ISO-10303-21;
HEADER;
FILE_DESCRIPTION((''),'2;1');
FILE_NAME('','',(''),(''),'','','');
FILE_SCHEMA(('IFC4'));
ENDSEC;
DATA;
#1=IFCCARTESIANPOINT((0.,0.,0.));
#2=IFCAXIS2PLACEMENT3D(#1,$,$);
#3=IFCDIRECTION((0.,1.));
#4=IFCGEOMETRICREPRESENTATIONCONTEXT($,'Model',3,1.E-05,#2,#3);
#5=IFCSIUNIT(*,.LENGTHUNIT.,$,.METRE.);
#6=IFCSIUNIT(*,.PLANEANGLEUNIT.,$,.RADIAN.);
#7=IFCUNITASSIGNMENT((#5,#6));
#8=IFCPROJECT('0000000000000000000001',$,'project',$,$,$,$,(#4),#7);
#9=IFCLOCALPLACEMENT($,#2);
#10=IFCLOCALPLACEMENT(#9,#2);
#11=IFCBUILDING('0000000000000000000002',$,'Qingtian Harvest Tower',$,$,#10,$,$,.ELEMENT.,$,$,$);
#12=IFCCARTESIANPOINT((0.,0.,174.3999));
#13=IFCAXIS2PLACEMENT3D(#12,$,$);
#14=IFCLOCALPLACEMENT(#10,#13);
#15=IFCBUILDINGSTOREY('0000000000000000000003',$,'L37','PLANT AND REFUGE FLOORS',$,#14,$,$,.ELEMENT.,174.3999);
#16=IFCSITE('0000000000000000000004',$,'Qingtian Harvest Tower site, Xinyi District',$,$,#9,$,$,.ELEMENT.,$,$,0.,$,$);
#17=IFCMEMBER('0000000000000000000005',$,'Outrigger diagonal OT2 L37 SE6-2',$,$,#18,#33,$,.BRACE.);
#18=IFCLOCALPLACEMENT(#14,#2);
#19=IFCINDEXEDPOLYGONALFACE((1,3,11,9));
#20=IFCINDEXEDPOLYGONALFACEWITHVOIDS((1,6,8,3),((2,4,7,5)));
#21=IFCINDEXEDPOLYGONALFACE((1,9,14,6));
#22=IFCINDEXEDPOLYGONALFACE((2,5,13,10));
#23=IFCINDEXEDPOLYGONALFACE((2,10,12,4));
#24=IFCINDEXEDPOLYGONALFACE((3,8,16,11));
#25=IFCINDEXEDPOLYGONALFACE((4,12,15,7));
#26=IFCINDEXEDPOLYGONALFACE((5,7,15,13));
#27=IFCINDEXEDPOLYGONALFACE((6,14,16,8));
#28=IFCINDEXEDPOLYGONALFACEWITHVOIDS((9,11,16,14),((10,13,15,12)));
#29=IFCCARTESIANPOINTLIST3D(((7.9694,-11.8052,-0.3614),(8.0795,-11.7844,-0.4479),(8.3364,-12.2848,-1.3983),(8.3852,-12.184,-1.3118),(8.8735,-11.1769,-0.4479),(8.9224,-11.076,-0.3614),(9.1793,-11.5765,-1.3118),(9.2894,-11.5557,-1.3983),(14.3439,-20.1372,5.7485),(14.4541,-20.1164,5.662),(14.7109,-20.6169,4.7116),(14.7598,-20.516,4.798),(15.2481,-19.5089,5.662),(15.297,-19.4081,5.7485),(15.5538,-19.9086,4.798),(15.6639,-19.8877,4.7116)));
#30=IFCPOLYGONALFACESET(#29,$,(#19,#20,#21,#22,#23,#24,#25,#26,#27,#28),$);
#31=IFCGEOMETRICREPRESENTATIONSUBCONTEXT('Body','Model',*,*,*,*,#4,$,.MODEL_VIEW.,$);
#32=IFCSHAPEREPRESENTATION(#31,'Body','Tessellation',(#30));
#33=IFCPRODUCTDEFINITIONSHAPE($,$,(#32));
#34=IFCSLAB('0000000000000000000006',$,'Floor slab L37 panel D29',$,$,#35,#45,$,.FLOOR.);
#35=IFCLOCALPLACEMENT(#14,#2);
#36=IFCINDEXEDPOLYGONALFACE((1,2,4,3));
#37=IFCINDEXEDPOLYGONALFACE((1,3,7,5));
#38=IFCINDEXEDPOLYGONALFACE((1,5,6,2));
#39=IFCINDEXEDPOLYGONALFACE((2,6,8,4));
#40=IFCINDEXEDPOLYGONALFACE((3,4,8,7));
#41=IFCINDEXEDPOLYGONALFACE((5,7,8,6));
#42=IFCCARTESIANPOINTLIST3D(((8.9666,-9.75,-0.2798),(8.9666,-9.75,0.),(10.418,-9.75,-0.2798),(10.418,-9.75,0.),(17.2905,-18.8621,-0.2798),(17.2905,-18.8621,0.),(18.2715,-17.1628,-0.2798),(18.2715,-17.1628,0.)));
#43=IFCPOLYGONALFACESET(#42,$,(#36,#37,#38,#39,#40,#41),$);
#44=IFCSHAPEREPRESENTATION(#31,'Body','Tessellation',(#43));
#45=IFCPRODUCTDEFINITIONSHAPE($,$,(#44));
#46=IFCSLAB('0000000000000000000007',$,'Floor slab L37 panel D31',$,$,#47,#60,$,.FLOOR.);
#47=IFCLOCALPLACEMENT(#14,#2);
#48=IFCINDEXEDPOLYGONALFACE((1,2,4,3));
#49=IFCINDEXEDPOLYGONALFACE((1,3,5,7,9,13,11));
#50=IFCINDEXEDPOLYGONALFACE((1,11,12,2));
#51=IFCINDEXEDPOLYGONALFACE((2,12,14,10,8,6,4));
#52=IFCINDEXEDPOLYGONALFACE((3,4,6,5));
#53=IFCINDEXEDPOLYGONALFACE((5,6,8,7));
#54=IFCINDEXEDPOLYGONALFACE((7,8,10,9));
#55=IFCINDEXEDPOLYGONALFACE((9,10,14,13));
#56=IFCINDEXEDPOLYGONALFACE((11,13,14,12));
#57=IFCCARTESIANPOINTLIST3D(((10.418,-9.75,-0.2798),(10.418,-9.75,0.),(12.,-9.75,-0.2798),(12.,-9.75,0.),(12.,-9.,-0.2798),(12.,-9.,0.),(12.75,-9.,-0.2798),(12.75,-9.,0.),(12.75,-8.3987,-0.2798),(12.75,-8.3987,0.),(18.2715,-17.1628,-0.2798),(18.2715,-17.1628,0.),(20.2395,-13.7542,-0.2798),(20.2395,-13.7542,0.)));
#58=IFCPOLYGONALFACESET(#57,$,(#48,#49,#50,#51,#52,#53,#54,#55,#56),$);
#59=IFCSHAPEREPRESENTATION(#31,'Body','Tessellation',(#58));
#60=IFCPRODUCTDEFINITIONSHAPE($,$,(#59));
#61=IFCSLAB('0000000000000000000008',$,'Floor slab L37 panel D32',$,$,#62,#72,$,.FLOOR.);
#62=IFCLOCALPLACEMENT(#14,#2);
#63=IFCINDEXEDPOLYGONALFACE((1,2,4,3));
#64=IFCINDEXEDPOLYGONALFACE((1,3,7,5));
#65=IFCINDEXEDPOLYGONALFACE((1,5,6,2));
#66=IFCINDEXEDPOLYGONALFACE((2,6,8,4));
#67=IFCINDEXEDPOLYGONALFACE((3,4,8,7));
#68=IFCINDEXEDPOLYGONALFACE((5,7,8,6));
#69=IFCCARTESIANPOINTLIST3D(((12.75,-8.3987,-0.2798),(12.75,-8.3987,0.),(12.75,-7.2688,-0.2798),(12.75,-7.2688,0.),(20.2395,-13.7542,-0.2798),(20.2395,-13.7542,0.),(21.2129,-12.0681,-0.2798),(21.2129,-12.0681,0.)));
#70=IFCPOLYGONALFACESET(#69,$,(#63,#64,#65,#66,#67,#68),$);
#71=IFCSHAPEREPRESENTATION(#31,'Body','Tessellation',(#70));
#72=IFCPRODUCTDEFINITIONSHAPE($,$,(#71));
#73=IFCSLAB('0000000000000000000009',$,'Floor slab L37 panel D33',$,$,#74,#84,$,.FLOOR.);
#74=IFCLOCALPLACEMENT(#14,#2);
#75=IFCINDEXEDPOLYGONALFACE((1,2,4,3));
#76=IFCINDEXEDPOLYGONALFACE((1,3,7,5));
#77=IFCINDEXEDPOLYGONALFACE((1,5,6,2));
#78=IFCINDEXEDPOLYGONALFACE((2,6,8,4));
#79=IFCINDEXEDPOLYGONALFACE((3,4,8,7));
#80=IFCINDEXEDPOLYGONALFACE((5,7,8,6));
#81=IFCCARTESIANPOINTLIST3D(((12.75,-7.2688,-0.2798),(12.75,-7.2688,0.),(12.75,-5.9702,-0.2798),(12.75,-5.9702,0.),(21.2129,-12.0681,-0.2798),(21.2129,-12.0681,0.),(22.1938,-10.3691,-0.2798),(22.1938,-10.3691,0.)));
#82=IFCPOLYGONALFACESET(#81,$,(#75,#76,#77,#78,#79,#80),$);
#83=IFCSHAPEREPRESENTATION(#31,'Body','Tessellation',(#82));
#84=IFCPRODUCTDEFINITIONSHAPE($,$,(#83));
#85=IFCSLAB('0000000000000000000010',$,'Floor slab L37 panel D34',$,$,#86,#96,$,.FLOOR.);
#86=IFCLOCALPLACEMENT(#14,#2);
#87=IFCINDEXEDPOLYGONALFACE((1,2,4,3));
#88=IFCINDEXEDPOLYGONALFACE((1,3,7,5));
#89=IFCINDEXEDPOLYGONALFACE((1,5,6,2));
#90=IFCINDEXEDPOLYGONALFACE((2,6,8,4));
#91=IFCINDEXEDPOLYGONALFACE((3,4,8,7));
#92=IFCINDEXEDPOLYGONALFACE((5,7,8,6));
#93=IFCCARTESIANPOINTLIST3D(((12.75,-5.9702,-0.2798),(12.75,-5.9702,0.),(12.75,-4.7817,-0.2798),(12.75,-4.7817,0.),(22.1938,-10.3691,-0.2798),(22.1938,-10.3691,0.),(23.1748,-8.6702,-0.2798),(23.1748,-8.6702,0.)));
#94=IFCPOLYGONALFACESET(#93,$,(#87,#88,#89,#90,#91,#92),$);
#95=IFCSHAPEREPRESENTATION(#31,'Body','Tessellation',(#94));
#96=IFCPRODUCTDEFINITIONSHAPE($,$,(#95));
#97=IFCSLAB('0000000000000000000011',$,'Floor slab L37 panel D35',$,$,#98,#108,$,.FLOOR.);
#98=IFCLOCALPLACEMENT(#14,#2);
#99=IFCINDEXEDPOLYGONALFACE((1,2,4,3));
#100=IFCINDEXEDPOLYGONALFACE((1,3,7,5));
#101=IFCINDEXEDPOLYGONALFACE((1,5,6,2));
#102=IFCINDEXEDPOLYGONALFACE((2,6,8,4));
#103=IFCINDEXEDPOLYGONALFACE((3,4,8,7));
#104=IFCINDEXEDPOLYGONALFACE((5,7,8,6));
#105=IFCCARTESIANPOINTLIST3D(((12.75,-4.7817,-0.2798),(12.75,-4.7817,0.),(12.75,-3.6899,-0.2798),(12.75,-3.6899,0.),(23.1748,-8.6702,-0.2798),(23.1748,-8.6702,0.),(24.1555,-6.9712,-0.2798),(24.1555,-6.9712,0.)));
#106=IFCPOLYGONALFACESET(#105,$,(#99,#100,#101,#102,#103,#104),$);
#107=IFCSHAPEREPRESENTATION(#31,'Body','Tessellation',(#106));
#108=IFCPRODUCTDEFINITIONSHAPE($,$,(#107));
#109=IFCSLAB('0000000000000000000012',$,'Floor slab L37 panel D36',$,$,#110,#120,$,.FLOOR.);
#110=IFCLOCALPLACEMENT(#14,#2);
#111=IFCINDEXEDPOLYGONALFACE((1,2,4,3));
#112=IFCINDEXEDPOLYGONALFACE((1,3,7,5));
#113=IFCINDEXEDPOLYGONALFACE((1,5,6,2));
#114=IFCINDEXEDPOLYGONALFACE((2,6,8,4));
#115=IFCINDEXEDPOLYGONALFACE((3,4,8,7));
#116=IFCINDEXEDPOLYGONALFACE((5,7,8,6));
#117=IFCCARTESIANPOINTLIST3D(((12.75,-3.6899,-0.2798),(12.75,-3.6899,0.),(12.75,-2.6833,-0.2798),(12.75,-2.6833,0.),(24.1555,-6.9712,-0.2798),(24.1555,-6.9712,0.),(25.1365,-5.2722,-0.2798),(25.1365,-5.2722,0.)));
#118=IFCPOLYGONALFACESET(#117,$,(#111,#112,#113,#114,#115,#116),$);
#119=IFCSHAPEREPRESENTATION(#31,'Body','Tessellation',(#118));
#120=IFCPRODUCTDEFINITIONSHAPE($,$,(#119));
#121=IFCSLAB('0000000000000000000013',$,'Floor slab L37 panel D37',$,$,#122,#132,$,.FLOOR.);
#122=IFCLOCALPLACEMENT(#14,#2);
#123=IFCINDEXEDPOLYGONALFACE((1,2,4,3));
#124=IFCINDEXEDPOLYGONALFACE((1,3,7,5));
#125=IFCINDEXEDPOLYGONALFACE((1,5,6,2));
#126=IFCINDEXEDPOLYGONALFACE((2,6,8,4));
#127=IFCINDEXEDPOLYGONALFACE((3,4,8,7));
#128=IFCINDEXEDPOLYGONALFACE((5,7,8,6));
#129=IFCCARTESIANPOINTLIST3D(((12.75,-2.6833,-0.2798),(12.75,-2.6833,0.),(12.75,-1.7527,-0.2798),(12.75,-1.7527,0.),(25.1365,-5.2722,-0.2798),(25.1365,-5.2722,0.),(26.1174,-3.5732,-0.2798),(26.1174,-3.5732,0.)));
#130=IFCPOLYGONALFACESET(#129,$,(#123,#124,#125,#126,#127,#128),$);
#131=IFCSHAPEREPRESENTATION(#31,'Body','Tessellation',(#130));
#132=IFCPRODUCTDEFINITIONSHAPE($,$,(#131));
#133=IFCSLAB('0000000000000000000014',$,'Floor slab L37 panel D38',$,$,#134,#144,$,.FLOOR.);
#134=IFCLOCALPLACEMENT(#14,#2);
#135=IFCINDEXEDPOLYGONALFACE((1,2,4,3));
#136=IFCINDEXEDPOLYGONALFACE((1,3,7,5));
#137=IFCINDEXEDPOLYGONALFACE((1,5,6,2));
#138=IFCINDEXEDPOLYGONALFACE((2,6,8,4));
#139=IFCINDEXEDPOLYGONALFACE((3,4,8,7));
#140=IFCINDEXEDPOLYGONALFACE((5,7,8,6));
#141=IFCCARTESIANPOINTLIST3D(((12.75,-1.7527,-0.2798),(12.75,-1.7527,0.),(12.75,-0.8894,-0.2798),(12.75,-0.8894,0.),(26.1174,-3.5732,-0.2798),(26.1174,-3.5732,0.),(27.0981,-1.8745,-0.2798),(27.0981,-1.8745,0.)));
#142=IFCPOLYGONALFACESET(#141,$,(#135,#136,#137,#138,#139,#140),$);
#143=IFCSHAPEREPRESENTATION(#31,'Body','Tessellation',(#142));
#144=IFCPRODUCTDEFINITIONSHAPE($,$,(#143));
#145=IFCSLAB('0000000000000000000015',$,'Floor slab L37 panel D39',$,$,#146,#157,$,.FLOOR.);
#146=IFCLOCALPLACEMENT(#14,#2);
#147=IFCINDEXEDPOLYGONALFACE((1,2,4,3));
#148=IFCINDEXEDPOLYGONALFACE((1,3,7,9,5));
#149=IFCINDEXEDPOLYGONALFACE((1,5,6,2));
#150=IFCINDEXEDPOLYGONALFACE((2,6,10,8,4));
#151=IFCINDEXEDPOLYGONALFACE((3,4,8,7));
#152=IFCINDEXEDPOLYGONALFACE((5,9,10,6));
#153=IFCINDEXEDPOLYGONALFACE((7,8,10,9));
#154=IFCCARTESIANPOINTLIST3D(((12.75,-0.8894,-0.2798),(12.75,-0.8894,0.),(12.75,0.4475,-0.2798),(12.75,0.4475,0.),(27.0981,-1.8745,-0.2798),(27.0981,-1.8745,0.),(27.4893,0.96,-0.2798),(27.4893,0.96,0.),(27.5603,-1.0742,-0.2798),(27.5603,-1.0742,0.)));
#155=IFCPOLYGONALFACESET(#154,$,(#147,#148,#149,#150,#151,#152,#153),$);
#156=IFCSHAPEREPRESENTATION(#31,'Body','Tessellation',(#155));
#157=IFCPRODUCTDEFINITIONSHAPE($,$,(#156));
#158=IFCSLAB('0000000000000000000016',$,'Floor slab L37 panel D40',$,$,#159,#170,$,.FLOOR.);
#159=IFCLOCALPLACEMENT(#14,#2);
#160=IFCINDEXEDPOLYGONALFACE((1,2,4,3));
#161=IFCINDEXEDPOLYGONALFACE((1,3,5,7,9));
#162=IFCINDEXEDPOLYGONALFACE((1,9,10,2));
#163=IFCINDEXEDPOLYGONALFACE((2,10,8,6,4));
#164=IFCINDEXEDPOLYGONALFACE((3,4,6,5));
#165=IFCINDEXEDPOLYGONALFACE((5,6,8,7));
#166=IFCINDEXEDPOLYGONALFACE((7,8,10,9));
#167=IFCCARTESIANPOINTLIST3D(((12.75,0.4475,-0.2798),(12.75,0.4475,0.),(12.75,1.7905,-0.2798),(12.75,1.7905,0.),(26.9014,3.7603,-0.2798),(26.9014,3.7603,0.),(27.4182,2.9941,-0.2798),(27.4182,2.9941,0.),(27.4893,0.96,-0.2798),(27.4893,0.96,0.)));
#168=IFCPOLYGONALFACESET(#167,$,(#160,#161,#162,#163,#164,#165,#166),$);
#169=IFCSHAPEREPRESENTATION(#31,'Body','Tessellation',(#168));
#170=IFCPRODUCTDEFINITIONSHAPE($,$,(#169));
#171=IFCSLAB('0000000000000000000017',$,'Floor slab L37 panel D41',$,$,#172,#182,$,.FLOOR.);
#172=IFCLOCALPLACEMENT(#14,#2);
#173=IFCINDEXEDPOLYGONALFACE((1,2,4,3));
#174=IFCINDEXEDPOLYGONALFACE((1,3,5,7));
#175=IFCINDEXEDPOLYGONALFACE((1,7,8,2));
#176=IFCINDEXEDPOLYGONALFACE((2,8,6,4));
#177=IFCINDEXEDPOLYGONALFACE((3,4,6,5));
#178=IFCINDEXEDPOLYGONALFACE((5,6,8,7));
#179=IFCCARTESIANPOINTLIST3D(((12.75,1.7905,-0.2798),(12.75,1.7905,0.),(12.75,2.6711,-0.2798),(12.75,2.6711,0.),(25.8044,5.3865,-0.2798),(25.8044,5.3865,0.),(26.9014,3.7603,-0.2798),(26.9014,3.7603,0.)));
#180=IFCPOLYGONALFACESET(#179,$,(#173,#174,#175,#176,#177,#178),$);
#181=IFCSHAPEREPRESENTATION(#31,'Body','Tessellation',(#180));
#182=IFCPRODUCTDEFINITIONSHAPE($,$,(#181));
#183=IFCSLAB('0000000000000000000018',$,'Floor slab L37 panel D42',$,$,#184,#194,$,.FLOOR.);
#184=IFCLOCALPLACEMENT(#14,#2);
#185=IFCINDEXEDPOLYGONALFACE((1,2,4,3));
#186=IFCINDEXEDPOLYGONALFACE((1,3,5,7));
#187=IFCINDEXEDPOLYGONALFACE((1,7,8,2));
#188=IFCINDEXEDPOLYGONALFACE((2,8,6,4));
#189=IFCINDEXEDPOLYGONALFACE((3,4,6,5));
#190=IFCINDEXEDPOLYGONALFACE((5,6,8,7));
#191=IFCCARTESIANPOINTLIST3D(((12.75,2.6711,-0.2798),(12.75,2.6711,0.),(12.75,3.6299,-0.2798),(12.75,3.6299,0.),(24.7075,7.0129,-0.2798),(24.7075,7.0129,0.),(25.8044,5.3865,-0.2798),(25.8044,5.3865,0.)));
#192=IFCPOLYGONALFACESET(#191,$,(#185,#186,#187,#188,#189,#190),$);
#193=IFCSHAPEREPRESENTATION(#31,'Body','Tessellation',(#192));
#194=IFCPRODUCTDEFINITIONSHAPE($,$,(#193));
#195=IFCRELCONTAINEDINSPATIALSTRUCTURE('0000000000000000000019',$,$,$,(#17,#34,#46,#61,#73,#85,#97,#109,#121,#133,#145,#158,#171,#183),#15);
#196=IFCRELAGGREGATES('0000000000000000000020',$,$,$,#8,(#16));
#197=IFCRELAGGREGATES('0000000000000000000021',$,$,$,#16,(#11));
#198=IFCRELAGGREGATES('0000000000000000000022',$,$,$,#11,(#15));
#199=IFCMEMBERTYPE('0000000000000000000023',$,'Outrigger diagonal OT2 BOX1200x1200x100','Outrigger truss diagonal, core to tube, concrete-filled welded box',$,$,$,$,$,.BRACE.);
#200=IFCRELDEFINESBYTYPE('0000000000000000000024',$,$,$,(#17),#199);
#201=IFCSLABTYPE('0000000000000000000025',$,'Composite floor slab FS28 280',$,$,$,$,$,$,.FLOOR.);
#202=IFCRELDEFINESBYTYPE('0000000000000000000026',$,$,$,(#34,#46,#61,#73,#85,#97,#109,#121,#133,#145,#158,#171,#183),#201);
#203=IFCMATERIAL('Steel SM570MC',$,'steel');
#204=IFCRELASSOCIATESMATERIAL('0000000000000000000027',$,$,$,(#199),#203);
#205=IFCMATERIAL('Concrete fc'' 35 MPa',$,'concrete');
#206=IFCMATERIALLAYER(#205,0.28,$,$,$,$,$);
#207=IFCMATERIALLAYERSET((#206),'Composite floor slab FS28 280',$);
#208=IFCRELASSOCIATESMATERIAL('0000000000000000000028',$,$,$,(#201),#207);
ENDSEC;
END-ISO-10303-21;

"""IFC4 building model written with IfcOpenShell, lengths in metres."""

from ifc_helpers import new_model, si_unit, direction, frame, origin, origin_2d, place, context, subcontext, project, spatial, polyline, hollow_rectangle, outline, extrude, material, layer, layer_set, material_profile, profile_set, type_object, element, save


model = new_model("IFC4")

# Units and contexts
model_context = context("Model", 3, precision=1e-05, world=origin(), true_north=direction((0.0, 1.0)))
body_context = subcontext(model_context, "Body", "Model", "MODEL_VIEW")
ifc_project = project(units=[si_unit("LENGTHUNIT", "METRE"), si_unit("PLANEANGLEUNIT", "RADIAN")], contexts=[model_context])

# Site, building, storey
site_placement = place(None, origin())
site = spatial("IfcSite", under=ifc_project, at=site_placement, Name="Qingtian Harvest Tower site, Xinyi District", CompositionType="ELEMENT", RefElevation=0.0)
building_placement = place(site_placement, origin())
building = spatial("IfcBuilding", under=site, at=building_placement, Name="Qingtian Harvest Tower", CompositionType="ELEMENT")
storey_placement = place(building_placement, frame((0.0, 0.0, 174.3999)))
storey = spatial("IfcBuildingStorey", under=building, at=storey_placement, Name="L37", Description="PLANT AND REFUGE FLOORS", CompositionType="ELEMENT", Elevation=174.3999)

# Member
ifc_material_1 = material(Name="Steel SM570MC", Category="steel")
ifc_material_profile = material_profile(ifc_material_1, hollow_rectangle(XDim=1.2, YDim=1.2, WallThickness=0.1001, at=origin_2d()), Name="BOX1200x1200x100")
ifc_profile_set = profile_set([ifc_material_profile], Name="Steel SM570MC")
member_type = type_object("IfcMemberType", Name="Outrigger diagonal OT2 BOX1200x1200x100", Description="Outrigger truss diagonal, core to tube, concrete-filled welded box", PredefinedType="BRACE", material=ifc_profile_set)
member_placement = place(storey_placement, frame((8.6294, -11.6804, -0.8799), z_axis=(0.525069, -0.68631, 0.50327), x_axis=(0.794222, 0.607628, 0.0)))
element("IfcMember", 1, at=member_placement, inside=storey, type_object=member_type, Name="Outrigger diagonal OT2 L37 SE6-2", PredefinedType="BRACE", context=body_context, shape_type="SweptSolid", body=[
    extrude(hollow_rectangle(XDim=1.2, YDim=1.2, WallThickness=0.1001, at=origin_2d()), origin(), (0.0, 0.0, 1.0), 12.1404),
])

# Slabs
ifc_material_2 = material(Name="Concrete fc' 35 MPa", Category="concrete")
ifc_layer_1 = layer(ifc_material_2, 0.28)
ifc_layer_set_1 = layer_set([ifc_layer_1], Name="Composite floor slab FS28 280")
slab_type = type_object("IfcSlabType", Name="Composite floor slab FS28 280", PredefinedType="FLOOR", material=ifc_layer_set_1)
slab_1_placement = place(storey_placement, frame((0.0, 0.0, -0.2798)))
element("IfcSlab", 2, at=slab_1_placement, inside=storey, type_object=slab_type, Name="Floor slab L37 panel D29", PredefinedType="FLOOR", context=body_context, shape_type="SweptSolid", body=[
    extrude(outline(polyline([(10.418, -9.75), (18.2715, -17.1628), (17.2905, -18.8621), (8.9666, -9.75), (10.418, -9.75)])), origin(), (0.0, 0.0, 1.0), 0.2798),
])
slab_2_placement = place(storey_placement, frame((0.0, 0.0, -0.2798)))
element("IfcSlab", 3, at=slab_2_placement, inside=storey, type_object=slab_type, Name="Floor slab L37 panel D31", PredefinedType="FLOOR", context=body_context, shape_type="SweptSolid", body=[
    extrude(outline(polyline([(12.75, -8.3987), (20.2395, -13.7542), (18.2715, -17.1628), (10.418, -9.75), (12.0, -9.75), (12.0, -9.0), (12.75, -9.0), (12.75, -8.3987)])), origin(), (0.0, 0.0, 1.0), 0.2798),
])
slab_3_placement = place(storey_placement, frame((0.0, 0.0, -0.2798)))
element("IfcSlab", 4, at=slab_3_placement, inside=storey, type_object=slab_type, Name="Floor slab L37 panel D32", PredefinedType="FLOOR", context=body_context, shape_type="SweptSolid", body=[
    extrude(outline(polyline([(12.75, -7.2688), (21.2129, -12.0681), (20.2395, -13.7542), (12.75, -8.3987), (12.75, -7.2688)])), origin(), (0.0, 0.0, 1.0), 0.2798),
])
slab_4_placement = place(storey_placement, frame((0.0, 0.0, -0.2798)))
element("IfcSlab", 5, at=slab_4_placement, inside=storey, type_object=slab_type, Name="Floor slab L37 panel D33", PredefinedType="FLOOR", context=body_context, shape_type="SweptSolid", body=[
    extrude(outline(polyline([(12.75, -5.9702), (22.1938, -10.3691), (21.2129, -12.0681), (12.75, -7.2688), (12.75, -5.9702)])), origin(), (0.0, 0.0, 1.0), 0.2798),
])
slab_5_placement = place(storey_placement, frame((0.0, 0.0, -0.2798)))
element("IfcSlab", 6, at=slab_5_placement, inside=storey, type_object=slab_type, Name="Floor slab L37 panel D34", PredefinedType="FLOOR", context=body_context, shape_type="SweptSolid", body=[
    extrude(outline(polyline([(12.75, -4.7817), (23.1748, -8.6702), (22.1938, -10.3691), (12.75, -5.9702), (12.75, -4.7817)])), origin(), (0.0, 0.0, 1.0), 0.2798),
])
slab_6_placement = place(storey_placement, frame((0.0, 0.0, -0.2798)))
element("IfcSlab", 7, at=slab_6_placement, inside=storey, type_object=slab_type, Name="Floor slab L37 panel D35", PredefinedType="FLOOR", context=body_context, shape_type="SweptSolid", body=[
    extrude(outline(polyline([(12.75, -3.6899), (24.1555, -6.9712), (23.1748, -8.6702), (12.75, -4.7817), (12.75, -3.6899)])), origin(), (0.0, 0.0, 1.0), 0.2798),
])
slab_7_placement = place(storey_placement, frame((0.0, 0.0, -0.2798)))
element("IfcSlab", 8, at=slab_7_placement, inside=storey, type_object=slab_type, Name="Floor slab L37 panel D36", PredefinedType="FLOOR", context=body_context, shape_type="SweptSolid", body=[
    extrude(outline(polyline([(12.75, -2.6833), (25.1365, -5.2722), (24.1555, -6.9712), (12.75, -3.6899), (12.75, -2.6833)])), origin(), (0.0, 0.0, 1.0), 0.2798),
])
slab_8_placement = place(storey_placement, frame((0.0, 0.0, -0.2798)))
element("IfcSlab", 9, at=slab_8_placement, inside=storey, type_object=slab_type, Name="Floor slab L37 panel D37", PredefinedType="FLOOR", context=body_context, shape_type="SweptSolid", body=[
    extrude(outline(polyline([(12.75, -1.7527), (26.1174, -3.5732), (25.1365, -5.2722), (12.75, -2.6833), (12.75, -1.7527)])), origin(), (0.0, 0.0, 1.0), 0.2798),
])
slab_9_placement = place(storey_placement, frame((0.0, 0.0, -0.2798)))
element("IfcSlab", 10, at=slab_9_placement, inside=storey, type_object=slab_type, Name="Floor slab L37 panel D38", PredefinedType="FLOOR", context=body_context, shape_type="SweptSolid", body=[
    extrude(outline(polyline([(12.75, -0.8894), (27.0981, -1.8745), (26.1174, -3.5732), (12.75, -1.7527), (12.75, -0.8894)])), origin(), (0.0, 0.0, 1.0), 0.2798),
])
slab_10_placement = place(storey_placement, frame((0.0, 0.0, -0.2798)))
element("IfcSlab", 11, at=slab_10_placement, inside=storey, type_object=slab_type, Name="Floor slab L37 panel D39", PredefinedType="FLOOR", context=body_context, shape_type="SweptSolid", body=[
    extrude(outline(polyline([(12.75, -0.8894), (12.75, 0.4475), (27.4893, 0.96), (27.5603, -1.0742), (27.0981, -1.8745), (12.75, -0.8894)])), origin(), (0.0, 0.0, 1.0), 0.2798),
])
slab_11_placement = place(storey_placement, frame((0.0, 0.0, -0.2798)))
element("IfcSlab", 12, at=slab_11_placement, inside=storey, type_object=slab_type, Name="Floor slab L37 panel D40", PredefinedType="FLOOR", context=body_context, shape_type="SweptSolid", body=[
    extrude(outline(polyline([(12.75, 0.4475), (12.75, 1.7905), (26.9014, 3.7603), (27.4182, 2.9941), (27.4893, 0.96), (12.75, 0.4475)])), origin(), (0.0, 0.0, 1.0), 0.2798),
])
slab_12_placement = place(storey_placement, frame((0.0, 0.0, -0.2798)))
element("IfcSlab", 13, at=slab_12_placement, inside=storey, type_object=slab_type, Name="Floor slab L37 panel D41", PredefinedType="FLOOR", context=body_context, shape_type="SweptSolid", body=[
    extrude(outline(polyline([(12.75, 2.6711), (25.8044, 5.3865), (26.9014, 3.7603), (12.75, 1.7905), (12.75, 2.6711)])), origin(), (0.0, 0.0, 1.0), 0.2798),
])
slab_13_placement = place(storey_placement, frame((0.0, 0.0, -0.2798)))
element("IfcSlab", 14, at=slab_13_placement, inside=storey, type_object=slab_type, Name="Floor slab L37 panel D42", PredefinedType="FLOOR", context=body_context, shape_type="SweptSolid", body=[
    extrude(outline(polyline([(12.75, 3.6299), (24.7075, 7.0129), (25.8044, 5.3865), (12.75, 2.6711), (12.75, 3.6299)])), origin(), (0.0, 0.0, 1.0), 0.2798),
])

save(model, "model.ifc")
